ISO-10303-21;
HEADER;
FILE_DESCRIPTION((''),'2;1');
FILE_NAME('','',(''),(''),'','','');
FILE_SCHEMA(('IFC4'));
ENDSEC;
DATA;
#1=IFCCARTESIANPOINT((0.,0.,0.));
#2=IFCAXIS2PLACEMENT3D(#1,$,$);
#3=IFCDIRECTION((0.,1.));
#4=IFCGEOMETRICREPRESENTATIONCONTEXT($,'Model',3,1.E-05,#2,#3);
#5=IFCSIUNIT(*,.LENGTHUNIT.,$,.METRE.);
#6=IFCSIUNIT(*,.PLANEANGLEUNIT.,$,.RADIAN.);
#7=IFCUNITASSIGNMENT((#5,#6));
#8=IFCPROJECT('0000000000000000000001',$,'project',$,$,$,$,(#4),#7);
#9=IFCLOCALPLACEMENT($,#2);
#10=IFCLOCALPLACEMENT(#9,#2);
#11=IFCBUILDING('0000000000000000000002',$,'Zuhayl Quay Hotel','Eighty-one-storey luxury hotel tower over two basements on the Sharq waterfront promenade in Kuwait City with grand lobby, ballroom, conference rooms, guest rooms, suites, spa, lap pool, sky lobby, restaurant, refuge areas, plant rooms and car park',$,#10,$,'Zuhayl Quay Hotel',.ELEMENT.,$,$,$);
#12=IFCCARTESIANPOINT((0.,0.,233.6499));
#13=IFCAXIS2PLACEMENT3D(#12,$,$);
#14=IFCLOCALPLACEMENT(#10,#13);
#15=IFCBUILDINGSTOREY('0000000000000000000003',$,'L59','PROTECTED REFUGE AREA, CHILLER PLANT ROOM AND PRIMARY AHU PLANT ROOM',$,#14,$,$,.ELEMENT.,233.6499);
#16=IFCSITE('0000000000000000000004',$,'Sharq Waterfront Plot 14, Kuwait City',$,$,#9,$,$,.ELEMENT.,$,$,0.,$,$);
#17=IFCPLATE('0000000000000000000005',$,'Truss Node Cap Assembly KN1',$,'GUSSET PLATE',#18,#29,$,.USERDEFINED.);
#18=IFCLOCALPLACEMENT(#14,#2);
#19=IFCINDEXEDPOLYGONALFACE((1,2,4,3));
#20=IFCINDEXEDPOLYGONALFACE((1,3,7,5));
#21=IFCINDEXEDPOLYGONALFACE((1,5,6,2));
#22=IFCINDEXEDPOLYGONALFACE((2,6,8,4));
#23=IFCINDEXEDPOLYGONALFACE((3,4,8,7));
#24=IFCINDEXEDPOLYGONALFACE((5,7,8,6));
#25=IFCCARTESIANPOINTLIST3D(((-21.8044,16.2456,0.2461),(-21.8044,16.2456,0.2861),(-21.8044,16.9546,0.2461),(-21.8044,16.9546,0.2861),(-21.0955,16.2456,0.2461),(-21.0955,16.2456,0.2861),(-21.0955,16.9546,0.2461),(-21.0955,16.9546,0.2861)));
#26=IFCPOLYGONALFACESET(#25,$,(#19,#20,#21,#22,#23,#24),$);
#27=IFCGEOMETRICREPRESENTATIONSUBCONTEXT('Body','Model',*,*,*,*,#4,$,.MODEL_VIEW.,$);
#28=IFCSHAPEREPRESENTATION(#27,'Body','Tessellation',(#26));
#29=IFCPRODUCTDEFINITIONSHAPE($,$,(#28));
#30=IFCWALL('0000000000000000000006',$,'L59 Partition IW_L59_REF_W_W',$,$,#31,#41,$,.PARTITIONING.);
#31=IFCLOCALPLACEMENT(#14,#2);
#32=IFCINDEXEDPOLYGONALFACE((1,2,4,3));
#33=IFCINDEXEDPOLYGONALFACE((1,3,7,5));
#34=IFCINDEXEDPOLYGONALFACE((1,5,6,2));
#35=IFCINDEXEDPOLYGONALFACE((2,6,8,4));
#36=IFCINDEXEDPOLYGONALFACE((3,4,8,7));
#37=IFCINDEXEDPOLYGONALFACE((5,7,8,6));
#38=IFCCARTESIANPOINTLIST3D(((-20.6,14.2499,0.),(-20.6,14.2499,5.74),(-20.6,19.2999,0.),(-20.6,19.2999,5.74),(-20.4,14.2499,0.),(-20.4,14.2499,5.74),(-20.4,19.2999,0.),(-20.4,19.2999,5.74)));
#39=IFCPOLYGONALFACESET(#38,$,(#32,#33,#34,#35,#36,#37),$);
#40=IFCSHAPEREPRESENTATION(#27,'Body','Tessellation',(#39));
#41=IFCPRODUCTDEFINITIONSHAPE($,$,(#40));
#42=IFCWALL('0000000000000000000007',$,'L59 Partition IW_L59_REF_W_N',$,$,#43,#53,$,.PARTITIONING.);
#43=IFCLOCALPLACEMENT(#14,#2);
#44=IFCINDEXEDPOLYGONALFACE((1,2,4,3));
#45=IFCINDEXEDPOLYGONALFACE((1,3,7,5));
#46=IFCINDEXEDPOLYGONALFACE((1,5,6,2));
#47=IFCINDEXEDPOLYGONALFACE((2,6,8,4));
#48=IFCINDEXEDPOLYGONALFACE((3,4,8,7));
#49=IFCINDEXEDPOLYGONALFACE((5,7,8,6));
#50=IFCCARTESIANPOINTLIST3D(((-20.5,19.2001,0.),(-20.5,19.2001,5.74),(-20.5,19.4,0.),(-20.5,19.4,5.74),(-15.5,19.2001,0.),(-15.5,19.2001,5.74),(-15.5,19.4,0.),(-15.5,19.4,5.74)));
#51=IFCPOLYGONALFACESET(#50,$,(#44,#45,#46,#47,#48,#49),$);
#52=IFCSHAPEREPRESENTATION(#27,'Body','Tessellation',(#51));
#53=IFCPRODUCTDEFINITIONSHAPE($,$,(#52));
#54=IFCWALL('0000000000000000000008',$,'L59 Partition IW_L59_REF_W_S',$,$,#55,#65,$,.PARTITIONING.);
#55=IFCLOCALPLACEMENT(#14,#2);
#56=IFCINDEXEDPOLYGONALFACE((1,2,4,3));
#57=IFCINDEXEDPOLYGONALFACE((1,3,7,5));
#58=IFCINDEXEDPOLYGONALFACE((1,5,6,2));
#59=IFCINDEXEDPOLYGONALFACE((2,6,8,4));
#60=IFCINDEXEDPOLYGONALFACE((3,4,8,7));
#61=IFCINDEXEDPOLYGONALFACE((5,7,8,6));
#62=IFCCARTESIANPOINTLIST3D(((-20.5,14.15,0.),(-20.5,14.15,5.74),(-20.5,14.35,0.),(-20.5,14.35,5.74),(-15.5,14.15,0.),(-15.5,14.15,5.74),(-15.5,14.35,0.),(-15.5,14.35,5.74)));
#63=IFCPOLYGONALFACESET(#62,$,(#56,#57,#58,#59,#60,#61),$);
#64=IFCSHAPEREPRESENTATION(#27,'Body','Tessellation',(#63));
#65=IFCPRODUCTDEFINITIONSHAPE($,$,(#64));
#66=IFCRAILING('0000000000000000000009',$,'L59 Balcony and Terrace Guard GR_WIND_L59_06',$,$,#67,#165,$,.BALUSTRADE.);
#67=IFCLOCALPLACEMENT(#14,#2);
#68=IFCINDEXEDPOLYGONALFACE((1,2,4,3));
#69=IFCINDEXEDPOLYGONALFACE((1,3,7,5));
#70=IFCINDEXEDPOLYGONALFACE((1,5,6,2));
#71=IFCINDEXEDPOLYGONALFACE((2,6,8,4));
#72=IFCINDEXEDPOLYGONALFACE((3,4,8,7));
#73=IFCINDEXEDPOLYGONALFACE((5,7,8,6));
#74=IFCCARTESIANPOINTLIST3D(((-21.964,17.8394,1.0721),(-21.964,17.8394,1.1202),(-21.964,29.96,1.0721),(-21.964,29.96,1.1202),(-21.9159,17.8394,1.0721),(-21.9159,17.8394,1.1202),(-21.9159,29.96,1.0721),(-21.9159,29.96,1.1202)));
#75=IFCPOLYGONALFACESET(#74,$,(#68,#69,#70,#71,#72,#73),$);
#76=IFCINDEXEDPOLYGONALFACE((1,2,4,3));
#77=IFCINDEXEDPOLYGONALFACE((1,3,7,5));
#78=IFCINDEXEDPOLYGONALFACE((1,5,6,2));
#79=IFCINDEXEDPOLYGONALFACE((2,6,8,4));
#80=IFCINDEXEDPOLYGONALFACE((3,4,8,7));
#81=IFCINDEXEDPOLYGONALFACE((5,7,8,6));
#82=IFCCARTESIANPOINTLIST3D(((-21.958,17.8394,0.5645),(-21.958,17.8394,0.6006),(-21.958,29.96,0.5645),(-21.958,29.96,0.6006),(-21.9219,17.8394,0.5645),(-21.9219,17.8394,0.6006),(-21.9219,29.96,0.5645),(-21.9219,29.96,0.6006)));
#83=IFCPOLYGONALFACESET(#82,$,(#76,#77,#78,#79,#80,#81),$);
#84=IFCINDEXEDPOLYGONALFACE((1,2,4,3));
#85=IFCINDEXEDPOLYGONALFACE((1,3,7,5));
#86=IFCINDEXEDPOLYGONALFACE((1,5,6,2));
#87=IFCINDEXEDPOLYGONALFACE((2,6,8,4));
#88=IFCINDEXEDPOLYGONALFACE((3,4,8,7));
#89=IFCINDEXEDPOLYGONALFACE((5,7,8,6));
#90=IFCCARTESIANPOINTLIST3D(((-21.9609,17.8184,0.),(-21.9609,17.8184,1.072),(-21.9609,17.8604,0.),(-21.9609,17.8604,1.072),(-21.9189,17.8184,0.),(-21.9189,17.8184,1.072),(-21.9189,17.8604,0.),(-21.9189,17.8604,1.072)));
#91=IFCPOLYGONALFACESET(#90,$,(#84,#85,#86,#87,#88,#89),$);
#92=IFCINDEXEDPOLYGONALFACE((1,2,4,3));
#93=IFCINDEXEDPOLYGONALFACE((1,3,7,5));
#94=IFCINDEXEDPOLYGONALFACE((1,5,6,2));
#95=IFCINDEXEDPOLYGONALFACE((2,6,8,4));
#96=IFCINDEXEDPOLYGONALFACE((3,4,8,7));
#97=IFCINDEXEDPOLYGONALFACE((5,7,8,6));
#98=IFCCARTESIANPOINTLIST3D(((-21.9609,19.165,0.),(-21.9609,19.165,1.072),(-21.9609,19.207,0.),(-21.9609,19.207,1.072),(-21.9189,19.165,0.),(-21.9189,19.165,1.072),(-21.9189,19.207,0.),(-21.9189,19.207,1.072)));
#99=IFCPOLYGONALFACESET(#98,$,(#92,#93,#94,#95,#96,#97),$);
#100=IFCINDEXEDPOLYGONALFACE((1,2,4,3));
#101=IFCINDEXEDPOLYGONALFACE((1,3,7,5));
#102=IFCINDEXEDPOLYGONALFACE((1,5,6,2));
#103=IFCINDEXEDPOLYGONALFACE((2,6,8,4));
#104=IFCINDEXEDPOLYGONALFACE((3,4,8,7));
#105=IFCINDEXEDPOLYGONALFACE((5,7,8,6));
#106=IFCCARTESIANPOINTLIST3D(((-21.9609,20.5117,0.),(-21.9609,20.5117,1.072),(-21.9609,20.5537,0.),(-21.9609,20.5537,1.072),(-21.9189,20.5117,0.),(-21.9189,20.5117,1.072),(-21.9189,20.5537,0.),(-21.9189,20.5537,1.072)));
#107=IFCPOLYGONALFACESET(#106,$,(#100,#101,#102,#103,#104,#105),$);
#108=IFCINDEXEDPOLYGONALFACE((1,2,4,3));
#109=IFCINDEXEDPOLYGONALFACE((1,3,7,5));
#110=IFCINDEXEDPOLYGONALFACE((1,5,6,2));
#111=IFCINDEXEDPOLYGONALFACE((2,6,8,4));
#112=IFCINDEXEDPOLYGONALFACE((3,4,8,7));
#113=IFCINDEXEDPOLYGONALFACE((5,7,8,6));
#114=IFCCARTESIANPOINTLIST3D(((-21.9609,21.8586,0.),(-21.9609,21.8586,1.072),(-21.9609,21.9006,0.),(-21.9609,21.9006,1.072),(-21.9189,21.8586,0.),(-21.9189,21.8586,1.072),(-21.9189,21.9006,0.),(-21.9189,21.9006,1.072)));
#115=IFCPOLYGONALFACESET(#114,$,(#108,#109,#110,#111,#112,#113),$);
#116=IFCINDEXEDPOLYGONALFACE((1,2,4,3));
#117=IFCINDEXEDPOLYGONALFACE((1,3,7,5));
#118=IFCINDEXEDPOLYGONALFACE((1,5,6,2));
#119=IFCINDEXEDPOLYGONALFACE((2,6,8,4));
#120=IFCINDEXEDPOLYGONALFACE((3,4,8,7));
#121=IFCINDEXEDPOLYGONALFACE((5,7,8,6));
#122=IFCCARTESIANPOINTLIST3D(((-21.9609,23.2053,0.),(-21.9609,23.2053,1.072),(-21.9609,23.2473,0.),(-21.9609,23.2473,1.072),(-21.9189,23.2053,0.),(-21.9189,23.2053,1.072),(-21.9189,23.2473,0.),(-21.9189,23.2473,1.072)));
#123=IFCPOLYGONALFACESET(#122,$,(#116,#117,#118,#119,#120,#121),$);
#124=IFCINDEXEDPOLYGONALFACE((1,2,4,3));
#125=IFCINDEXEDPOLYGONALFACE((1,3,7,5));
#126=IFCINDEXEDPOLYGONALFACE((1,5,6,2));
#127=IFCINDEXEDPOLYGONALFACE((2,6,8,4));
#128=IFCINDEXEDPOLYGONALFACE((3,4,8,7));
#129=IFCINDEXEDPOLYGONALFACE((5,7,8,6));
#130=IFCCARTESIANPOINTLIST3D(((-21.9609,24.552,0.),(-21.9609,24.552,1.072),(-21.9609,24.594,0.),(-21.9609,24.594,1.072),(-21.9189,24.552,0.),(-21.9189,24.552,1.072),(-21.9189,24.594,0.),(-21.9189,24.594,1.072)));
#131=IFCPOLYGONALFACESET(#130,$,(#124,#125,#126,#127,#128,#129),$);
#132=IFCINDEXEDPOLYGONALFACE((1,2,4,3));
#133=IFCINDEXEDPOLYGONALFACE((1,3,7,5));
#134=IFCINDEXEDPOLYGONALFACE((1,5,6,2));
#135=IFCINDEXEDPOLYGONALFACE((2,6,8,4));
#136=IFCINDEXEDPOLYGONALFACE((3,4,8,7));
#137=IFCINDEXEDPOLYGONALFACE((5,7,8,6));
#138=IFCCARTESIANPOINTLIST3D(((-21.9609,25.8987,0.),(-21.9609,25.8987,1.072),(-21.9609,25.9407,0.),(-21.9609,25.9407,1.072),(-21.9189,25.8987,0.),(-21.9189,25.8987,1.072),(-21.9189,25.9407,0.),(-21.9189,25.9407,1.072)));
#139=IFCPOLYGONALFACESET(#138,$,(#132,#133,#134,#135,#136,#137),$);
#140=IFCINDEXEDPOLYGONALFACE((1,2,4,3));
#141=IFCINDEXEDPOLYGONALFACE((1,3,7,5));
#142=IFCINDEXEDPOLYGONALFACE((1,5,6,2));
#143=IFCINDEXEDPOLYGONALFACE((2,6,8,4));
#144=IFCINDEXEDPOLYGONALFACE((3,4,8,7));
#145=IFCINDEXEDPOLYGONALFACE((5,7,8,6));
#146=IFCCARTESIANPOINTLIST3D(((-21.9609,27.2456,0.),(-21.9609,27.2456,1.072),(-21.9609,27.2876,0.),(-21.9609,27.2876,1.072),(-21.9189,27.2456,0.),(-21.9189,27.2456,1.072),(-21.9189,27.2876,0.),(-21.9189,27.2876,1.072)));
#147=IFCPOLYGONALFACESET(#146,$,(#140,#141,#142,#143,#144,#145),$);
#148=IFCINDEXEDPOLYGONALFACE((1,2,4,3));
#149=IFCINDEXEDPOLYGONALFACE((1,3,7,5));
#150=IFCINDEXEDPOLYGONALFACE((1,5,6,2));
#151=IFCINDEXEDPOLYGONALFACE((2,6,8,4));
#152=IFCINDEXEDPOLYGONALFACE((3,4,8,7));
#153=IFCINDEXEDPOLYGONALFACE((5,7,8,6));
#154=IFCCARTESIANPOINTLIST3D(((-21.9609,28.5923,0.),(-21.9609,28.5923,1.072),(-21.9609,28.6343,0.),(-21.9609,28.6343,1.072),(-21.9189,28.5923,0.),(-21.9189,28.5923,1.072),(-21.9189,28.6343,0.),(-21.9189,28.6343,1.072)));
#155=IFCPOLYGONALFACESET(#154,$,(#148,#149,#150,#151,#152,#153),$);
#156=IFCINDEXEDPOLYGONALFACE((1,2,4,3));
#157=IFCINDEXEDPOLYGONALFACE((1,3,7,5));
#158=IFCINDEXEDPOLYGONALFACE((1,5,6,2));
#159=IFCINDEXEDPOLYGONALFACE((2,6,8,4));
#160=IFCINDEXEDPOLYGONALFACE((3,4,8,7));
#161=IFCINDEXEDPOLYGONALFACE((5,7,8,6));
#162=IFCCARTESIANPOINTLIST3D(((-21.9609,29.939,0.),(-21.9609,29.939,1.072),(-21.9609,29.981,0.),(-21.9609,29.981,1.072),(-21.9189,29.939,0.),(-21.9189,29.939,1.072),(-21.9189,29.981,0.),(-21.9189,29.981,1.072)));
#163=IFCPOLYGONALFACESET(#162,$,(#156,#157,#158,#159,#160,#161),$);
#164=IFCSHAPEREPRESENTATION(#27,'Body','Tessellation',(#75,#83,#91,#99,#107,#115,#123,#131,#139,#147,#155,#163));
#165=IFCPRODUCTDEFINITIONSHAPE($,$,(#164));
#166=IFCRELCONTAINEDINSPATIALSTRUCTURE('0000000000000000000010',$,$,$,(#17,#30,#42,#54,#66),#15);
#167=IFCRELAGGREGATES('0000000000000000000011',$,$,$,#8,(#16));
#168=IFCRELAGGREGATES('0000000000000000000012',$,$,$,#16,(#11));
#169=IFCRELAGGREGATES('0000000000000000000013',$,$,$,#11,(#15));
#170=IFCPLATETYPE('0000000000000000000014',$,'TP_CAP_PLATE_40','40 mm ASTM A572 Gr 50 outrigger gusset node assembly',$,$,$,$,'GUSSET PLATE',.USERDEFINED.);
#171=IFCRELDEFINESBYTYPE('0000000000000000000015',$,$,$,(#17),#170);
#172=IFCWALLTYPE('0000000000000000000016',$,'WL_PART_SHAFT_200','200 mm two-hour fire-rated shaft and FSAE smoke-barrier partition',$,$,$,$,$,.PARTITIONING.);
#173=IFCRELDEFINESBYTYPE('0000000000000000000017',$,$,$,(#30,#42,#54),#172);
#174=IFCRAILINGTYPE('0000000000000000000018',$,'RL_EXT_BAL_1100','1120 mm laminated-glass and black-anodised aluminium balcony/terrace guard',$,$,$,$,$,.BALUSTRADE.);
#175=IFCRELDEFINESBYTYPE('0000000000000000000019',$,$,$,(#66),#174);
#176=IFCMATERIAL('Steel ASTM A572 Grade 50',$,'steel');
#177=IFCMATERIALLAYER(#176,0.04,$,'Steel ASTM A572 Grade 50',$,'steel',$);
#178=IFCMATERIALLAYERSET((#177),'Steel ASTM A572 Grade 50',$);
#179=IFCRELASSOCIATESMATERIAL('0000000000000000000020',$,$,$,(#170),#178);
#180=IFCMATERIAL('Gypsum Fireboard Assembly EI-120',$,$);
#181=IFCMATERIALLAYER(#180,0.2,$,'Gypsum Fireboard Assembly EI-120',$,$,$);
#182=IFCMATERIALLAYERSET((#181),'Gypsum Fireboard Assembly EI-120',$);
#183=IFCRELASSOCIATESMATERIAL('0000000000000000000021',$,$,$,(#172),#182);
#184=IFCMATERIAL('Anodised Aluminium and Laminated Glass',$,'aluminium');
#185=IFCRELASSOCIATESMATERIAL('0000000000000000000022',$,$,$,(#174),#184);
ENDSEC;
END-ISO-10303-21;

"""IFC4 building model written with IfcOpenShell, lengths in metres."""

from ifc_helpers import new_model, si_unit, direction, frame, frame_2d, origin, origin_2d, place, context, subcontext, project, spatial, rectangle, extrude, material, layer, layer_set, type_object, element, save


model = new_model("IFC4")

# Units and contexts
model_context = context("Model", 3, precision=1e-05, world=origin(), true_north=direction((0.0, 1.0)))
body_context = subcontext(model_context, "Body", "Model", "MODEL_VIEW")
ifc_project = project(units=[si_unit("LENGTHUNIT", "METRE"), si_unit("PLANEANGLEUNIT", "RADIAN")], contexts=[model_context])

# Site, building, storey
site_placement = place(None, origin())
site = spatial("IfcSite", under=ifc_project, at=site_placement, Name="Sharq Waterfront Plot 14, Kuwait City", CompositionType="ELEMENT", RefElevation=0.0)
building_placement = place(site_placement, origin())
building = spatial("IfcBuilding", under=site, at=building_placement, Name="Zuhayl Quay Hotel", Description="Eighty-one-storey luxury hotel tower over two basements on the Sharq waterfront promenade in Kuwait City with grand lobby, ballroom, conference rooms, guest rooms, suites, spa, lap pool, sky lobby, restaurant, refuge areas, plant rooms and car park", LongName="Zuhayl Quay Hotel", CompositionType="ELEMENT")
storey_placement = place(building_placement, frame((0.0, 0.0, 233.6499)))
storey = spatial("IfcBuildingStorey", under=building, at=storey_placement, Name="L59", Description="PROTECTED REFUGE AREA, CHILLER PLANT ROOM AND PRIMARY AHU PLANT ROOM", CompositionType="ELEMENT", Elevation=233.6499)

# Plate
ifc_material_1 = material(Name="Steel ASTM A572 Grade 50", Category="steel")
ifc_layer_1 = layer(ifc_material_1, 0.04, Name="Steel ASTM A572 Grade 50", Category="steel")
ifc_layer_set_1 = layer_set([ifc_layer_1], Name="Steel ASTM A572 Grade 50")
plate_type_1 = type_object("IfcPlateType", Name="TP_CAP_PLATE_40", Description="40 mm ASTM A572 Gr 50 outrigger gusset node assembly", ElementType="GUSSET PLATE", PredefinedType="USERDEFINED", material=ifc_layer_set_1)
plate_1_placement = place(storey_placement, frame((-21.45, 16.6001, 0.2461), z_axis=(0.0, 0.0, 1.0), x_axis=(1.0, 0.0, 0.0)))
element("IfcPlate", 1, at=plate_1_placement, inside=storey, type_object=plate_type_1, Name="Truss Node Cap Assembly KN1", ObjectType="GUSSET PLATE", PredefinedType="USERDEFINED", context=body_context, shape_type="SweptSolid", body=[
    extrude(rectangle(XDim=0.709, YDim=0.709, at=origin_2d()), origin(), (0.0, 0.0, 1.0), 0.04),
])

# Walls
ifc_material_2 = material(Name="Gypsum Fireboard Assembly EI-120")
ifc_layer_2 = layer(ifc_material_2, 0.2, Name="Gypsum Fireboard Assembly EI-120")
ifc_layer_set_2 = layer_set([ifc_layer_2], Name="Gypsum Fireboard Assembly EI-120")
wall_type = type_object("IfcWallType", Name="WL_PART_SHAFT_200", Description="200 mm two-hour fire-rated shaft and FSAE smoke-barrier partition", PredefinedType="PARTITIONING", material=ifc_layer_set_2)
wall_placement = place(storey_placement, frame((-20.5, 14.25, 0.0), z_axis=(0.0, 0.0, 1.0), x_axis=(0.0, 1.0, 0.0)))
element("IfcWall", 2, at=wall_placement, inside=storey, type_object=wall_type, Name="L59 Partition IW_L59_REF_W_W", PredefinedType="PARTITIONING", context=body_context, shape_type="SweptSolid", body=[
    extrude(rectangle(XDim=5.05, YDim=0.2, at=frame_2d((2.5249, 0.0))), origin(), (0.0, 0.0, 1.0), 5.74),
])
for number, where, z_axis, x_axis, name in (
    (3, (-20.5, 19.3, 0.0), (0.0, 0.0, 1.0), (1.0, 0.0, 0.0), "L59 Partition IW_L59_REF_W_N"),
    (4, (-20.5, 14.25, 0.0), (0.0, 0.0, 1.0), (1.0, 0.0, 0.0), "L59 Partition IW_L59_REF_W_S"),
):
    element("IfcWall", number, at=place(storey_placement, frame(where, z_axis=z_axis, x_axis=x_axis)), inside=storey, type_object=wall_type, Name=name, PredefinedType="PARTITIONING", context=body_context, shape_type="SweptSolid", body=[
        extrude(rectangle(XDim=5.0, YDim=0.2, at=frame_2d((2.5, 0.0))), origin(), (0.0, 0.0, 1.0), 5.74),
    ])

# Railing
ifc_material_3 = material(Name="Anodised Aluminium and Laminated Glass", Category="aluminium")
railing_type = type_object("IfcRailingType", Name="RL_EXT_BAL_1100", Description="1120 mm laminated-glass and black-anodised aluminium balcony/terrace guard", PredefinedType="BALUSTRADE", material=ifc_material_3)
railing_placement = place(storey_placement, frame((-21.9399, 17.8394, 0.0)))
element("IfcRailing", 5, at=railing_placement, inside=storey, type_object=railing_type, Name="L59 Balcony and Terrace Guard GR_WIND_L59_06", PredefinedType="BALUSTRADE", context=body_context, shape_type="SweptSolid", body=[
    extrude(rectangle(XDim=0.0481, YDim=0.0481, at=origin_2d()), frame((0.0, 0.0, 1.0962), z_axis=(0.0, 1.0, 0.0), x_axis=(-1.0, 0.0, 0.0)), (0.0, 0.0, 1.0), 12.1206),
    extrude(rectangle(XDim=0.0361, YDim=0.0361, at=origin_2d()), frame((0.0, 0.0, 0.5825), z_axis=(0.0, 1.0, 0.0), x_axis=(-1.0, 0.0, 0.0)), (0.0, 0.0, 1.0), 12.1206),
    extrude(rectangle(XDim=0.042, YDim=0.042, at=origin_2d()), origin(), (0.0, 0.0, 1.0), 1.072),
    extrude(rectangle(XDim=0.042, YDim=0.042, at=origin_2d()), frame((0.0, 1.3467, 0.0)), (0.0, 0.0, 1.0), 1.072),
    extrude(rectangle(XDim=0.042, YDim=0.042, at=origin_2d()), frame((0.0, 2.6934, 0.0)), (0.0, 0.0, 1.0), 1.072),
    extrude(rectangle(XDim=0.042, YDim=0.042, at=origin_2d()), frame((0.0, 4.0403, 0.0)), (0.0, 0.0, 1.0), 1.072),
    extrude(rectangle(XDim=0.042, YDim=0.042, at=origin_2d()), frame((0.0, 5.387, 0.0)), (0.0, 0.0, 1.0), 1.072),
    extrude(rectangle(XDim=0.042, YDim=0.042, at=origin_2d()), frame((0.0, 6.7336, 0.0)), (0.0, 0.0, 1.0), 1.072),
    extrude(rectangle(XDim=0.042, YDim=0.042, at=origin_2d()), frame((0.0, 8.0803, 0.0)), (0.0, 0.0, 1.0), 1.072),
    extrude(rectangle(XDim=0.042, YDim=0.042, at=origin_2d()), frame((0.0, 9.4272, 0.0)), (0.0, 0.0, 1.0), 1.072),
    extrude(rectangle(XDim=0.042, YDim=0.042, at=origin_2d()), frame((0.0, 10.7739, 0.0)), (0.0, 0.0, 1.0), 1.072),
    extrude(rectangle(XDim=0.042, YDim=0.042, at=origin_2d()), frame((0.0, 12.1206, 0.0)), (0.0, 0.0, 1.0), 1.072),
])

save(model, "model.ifc")
